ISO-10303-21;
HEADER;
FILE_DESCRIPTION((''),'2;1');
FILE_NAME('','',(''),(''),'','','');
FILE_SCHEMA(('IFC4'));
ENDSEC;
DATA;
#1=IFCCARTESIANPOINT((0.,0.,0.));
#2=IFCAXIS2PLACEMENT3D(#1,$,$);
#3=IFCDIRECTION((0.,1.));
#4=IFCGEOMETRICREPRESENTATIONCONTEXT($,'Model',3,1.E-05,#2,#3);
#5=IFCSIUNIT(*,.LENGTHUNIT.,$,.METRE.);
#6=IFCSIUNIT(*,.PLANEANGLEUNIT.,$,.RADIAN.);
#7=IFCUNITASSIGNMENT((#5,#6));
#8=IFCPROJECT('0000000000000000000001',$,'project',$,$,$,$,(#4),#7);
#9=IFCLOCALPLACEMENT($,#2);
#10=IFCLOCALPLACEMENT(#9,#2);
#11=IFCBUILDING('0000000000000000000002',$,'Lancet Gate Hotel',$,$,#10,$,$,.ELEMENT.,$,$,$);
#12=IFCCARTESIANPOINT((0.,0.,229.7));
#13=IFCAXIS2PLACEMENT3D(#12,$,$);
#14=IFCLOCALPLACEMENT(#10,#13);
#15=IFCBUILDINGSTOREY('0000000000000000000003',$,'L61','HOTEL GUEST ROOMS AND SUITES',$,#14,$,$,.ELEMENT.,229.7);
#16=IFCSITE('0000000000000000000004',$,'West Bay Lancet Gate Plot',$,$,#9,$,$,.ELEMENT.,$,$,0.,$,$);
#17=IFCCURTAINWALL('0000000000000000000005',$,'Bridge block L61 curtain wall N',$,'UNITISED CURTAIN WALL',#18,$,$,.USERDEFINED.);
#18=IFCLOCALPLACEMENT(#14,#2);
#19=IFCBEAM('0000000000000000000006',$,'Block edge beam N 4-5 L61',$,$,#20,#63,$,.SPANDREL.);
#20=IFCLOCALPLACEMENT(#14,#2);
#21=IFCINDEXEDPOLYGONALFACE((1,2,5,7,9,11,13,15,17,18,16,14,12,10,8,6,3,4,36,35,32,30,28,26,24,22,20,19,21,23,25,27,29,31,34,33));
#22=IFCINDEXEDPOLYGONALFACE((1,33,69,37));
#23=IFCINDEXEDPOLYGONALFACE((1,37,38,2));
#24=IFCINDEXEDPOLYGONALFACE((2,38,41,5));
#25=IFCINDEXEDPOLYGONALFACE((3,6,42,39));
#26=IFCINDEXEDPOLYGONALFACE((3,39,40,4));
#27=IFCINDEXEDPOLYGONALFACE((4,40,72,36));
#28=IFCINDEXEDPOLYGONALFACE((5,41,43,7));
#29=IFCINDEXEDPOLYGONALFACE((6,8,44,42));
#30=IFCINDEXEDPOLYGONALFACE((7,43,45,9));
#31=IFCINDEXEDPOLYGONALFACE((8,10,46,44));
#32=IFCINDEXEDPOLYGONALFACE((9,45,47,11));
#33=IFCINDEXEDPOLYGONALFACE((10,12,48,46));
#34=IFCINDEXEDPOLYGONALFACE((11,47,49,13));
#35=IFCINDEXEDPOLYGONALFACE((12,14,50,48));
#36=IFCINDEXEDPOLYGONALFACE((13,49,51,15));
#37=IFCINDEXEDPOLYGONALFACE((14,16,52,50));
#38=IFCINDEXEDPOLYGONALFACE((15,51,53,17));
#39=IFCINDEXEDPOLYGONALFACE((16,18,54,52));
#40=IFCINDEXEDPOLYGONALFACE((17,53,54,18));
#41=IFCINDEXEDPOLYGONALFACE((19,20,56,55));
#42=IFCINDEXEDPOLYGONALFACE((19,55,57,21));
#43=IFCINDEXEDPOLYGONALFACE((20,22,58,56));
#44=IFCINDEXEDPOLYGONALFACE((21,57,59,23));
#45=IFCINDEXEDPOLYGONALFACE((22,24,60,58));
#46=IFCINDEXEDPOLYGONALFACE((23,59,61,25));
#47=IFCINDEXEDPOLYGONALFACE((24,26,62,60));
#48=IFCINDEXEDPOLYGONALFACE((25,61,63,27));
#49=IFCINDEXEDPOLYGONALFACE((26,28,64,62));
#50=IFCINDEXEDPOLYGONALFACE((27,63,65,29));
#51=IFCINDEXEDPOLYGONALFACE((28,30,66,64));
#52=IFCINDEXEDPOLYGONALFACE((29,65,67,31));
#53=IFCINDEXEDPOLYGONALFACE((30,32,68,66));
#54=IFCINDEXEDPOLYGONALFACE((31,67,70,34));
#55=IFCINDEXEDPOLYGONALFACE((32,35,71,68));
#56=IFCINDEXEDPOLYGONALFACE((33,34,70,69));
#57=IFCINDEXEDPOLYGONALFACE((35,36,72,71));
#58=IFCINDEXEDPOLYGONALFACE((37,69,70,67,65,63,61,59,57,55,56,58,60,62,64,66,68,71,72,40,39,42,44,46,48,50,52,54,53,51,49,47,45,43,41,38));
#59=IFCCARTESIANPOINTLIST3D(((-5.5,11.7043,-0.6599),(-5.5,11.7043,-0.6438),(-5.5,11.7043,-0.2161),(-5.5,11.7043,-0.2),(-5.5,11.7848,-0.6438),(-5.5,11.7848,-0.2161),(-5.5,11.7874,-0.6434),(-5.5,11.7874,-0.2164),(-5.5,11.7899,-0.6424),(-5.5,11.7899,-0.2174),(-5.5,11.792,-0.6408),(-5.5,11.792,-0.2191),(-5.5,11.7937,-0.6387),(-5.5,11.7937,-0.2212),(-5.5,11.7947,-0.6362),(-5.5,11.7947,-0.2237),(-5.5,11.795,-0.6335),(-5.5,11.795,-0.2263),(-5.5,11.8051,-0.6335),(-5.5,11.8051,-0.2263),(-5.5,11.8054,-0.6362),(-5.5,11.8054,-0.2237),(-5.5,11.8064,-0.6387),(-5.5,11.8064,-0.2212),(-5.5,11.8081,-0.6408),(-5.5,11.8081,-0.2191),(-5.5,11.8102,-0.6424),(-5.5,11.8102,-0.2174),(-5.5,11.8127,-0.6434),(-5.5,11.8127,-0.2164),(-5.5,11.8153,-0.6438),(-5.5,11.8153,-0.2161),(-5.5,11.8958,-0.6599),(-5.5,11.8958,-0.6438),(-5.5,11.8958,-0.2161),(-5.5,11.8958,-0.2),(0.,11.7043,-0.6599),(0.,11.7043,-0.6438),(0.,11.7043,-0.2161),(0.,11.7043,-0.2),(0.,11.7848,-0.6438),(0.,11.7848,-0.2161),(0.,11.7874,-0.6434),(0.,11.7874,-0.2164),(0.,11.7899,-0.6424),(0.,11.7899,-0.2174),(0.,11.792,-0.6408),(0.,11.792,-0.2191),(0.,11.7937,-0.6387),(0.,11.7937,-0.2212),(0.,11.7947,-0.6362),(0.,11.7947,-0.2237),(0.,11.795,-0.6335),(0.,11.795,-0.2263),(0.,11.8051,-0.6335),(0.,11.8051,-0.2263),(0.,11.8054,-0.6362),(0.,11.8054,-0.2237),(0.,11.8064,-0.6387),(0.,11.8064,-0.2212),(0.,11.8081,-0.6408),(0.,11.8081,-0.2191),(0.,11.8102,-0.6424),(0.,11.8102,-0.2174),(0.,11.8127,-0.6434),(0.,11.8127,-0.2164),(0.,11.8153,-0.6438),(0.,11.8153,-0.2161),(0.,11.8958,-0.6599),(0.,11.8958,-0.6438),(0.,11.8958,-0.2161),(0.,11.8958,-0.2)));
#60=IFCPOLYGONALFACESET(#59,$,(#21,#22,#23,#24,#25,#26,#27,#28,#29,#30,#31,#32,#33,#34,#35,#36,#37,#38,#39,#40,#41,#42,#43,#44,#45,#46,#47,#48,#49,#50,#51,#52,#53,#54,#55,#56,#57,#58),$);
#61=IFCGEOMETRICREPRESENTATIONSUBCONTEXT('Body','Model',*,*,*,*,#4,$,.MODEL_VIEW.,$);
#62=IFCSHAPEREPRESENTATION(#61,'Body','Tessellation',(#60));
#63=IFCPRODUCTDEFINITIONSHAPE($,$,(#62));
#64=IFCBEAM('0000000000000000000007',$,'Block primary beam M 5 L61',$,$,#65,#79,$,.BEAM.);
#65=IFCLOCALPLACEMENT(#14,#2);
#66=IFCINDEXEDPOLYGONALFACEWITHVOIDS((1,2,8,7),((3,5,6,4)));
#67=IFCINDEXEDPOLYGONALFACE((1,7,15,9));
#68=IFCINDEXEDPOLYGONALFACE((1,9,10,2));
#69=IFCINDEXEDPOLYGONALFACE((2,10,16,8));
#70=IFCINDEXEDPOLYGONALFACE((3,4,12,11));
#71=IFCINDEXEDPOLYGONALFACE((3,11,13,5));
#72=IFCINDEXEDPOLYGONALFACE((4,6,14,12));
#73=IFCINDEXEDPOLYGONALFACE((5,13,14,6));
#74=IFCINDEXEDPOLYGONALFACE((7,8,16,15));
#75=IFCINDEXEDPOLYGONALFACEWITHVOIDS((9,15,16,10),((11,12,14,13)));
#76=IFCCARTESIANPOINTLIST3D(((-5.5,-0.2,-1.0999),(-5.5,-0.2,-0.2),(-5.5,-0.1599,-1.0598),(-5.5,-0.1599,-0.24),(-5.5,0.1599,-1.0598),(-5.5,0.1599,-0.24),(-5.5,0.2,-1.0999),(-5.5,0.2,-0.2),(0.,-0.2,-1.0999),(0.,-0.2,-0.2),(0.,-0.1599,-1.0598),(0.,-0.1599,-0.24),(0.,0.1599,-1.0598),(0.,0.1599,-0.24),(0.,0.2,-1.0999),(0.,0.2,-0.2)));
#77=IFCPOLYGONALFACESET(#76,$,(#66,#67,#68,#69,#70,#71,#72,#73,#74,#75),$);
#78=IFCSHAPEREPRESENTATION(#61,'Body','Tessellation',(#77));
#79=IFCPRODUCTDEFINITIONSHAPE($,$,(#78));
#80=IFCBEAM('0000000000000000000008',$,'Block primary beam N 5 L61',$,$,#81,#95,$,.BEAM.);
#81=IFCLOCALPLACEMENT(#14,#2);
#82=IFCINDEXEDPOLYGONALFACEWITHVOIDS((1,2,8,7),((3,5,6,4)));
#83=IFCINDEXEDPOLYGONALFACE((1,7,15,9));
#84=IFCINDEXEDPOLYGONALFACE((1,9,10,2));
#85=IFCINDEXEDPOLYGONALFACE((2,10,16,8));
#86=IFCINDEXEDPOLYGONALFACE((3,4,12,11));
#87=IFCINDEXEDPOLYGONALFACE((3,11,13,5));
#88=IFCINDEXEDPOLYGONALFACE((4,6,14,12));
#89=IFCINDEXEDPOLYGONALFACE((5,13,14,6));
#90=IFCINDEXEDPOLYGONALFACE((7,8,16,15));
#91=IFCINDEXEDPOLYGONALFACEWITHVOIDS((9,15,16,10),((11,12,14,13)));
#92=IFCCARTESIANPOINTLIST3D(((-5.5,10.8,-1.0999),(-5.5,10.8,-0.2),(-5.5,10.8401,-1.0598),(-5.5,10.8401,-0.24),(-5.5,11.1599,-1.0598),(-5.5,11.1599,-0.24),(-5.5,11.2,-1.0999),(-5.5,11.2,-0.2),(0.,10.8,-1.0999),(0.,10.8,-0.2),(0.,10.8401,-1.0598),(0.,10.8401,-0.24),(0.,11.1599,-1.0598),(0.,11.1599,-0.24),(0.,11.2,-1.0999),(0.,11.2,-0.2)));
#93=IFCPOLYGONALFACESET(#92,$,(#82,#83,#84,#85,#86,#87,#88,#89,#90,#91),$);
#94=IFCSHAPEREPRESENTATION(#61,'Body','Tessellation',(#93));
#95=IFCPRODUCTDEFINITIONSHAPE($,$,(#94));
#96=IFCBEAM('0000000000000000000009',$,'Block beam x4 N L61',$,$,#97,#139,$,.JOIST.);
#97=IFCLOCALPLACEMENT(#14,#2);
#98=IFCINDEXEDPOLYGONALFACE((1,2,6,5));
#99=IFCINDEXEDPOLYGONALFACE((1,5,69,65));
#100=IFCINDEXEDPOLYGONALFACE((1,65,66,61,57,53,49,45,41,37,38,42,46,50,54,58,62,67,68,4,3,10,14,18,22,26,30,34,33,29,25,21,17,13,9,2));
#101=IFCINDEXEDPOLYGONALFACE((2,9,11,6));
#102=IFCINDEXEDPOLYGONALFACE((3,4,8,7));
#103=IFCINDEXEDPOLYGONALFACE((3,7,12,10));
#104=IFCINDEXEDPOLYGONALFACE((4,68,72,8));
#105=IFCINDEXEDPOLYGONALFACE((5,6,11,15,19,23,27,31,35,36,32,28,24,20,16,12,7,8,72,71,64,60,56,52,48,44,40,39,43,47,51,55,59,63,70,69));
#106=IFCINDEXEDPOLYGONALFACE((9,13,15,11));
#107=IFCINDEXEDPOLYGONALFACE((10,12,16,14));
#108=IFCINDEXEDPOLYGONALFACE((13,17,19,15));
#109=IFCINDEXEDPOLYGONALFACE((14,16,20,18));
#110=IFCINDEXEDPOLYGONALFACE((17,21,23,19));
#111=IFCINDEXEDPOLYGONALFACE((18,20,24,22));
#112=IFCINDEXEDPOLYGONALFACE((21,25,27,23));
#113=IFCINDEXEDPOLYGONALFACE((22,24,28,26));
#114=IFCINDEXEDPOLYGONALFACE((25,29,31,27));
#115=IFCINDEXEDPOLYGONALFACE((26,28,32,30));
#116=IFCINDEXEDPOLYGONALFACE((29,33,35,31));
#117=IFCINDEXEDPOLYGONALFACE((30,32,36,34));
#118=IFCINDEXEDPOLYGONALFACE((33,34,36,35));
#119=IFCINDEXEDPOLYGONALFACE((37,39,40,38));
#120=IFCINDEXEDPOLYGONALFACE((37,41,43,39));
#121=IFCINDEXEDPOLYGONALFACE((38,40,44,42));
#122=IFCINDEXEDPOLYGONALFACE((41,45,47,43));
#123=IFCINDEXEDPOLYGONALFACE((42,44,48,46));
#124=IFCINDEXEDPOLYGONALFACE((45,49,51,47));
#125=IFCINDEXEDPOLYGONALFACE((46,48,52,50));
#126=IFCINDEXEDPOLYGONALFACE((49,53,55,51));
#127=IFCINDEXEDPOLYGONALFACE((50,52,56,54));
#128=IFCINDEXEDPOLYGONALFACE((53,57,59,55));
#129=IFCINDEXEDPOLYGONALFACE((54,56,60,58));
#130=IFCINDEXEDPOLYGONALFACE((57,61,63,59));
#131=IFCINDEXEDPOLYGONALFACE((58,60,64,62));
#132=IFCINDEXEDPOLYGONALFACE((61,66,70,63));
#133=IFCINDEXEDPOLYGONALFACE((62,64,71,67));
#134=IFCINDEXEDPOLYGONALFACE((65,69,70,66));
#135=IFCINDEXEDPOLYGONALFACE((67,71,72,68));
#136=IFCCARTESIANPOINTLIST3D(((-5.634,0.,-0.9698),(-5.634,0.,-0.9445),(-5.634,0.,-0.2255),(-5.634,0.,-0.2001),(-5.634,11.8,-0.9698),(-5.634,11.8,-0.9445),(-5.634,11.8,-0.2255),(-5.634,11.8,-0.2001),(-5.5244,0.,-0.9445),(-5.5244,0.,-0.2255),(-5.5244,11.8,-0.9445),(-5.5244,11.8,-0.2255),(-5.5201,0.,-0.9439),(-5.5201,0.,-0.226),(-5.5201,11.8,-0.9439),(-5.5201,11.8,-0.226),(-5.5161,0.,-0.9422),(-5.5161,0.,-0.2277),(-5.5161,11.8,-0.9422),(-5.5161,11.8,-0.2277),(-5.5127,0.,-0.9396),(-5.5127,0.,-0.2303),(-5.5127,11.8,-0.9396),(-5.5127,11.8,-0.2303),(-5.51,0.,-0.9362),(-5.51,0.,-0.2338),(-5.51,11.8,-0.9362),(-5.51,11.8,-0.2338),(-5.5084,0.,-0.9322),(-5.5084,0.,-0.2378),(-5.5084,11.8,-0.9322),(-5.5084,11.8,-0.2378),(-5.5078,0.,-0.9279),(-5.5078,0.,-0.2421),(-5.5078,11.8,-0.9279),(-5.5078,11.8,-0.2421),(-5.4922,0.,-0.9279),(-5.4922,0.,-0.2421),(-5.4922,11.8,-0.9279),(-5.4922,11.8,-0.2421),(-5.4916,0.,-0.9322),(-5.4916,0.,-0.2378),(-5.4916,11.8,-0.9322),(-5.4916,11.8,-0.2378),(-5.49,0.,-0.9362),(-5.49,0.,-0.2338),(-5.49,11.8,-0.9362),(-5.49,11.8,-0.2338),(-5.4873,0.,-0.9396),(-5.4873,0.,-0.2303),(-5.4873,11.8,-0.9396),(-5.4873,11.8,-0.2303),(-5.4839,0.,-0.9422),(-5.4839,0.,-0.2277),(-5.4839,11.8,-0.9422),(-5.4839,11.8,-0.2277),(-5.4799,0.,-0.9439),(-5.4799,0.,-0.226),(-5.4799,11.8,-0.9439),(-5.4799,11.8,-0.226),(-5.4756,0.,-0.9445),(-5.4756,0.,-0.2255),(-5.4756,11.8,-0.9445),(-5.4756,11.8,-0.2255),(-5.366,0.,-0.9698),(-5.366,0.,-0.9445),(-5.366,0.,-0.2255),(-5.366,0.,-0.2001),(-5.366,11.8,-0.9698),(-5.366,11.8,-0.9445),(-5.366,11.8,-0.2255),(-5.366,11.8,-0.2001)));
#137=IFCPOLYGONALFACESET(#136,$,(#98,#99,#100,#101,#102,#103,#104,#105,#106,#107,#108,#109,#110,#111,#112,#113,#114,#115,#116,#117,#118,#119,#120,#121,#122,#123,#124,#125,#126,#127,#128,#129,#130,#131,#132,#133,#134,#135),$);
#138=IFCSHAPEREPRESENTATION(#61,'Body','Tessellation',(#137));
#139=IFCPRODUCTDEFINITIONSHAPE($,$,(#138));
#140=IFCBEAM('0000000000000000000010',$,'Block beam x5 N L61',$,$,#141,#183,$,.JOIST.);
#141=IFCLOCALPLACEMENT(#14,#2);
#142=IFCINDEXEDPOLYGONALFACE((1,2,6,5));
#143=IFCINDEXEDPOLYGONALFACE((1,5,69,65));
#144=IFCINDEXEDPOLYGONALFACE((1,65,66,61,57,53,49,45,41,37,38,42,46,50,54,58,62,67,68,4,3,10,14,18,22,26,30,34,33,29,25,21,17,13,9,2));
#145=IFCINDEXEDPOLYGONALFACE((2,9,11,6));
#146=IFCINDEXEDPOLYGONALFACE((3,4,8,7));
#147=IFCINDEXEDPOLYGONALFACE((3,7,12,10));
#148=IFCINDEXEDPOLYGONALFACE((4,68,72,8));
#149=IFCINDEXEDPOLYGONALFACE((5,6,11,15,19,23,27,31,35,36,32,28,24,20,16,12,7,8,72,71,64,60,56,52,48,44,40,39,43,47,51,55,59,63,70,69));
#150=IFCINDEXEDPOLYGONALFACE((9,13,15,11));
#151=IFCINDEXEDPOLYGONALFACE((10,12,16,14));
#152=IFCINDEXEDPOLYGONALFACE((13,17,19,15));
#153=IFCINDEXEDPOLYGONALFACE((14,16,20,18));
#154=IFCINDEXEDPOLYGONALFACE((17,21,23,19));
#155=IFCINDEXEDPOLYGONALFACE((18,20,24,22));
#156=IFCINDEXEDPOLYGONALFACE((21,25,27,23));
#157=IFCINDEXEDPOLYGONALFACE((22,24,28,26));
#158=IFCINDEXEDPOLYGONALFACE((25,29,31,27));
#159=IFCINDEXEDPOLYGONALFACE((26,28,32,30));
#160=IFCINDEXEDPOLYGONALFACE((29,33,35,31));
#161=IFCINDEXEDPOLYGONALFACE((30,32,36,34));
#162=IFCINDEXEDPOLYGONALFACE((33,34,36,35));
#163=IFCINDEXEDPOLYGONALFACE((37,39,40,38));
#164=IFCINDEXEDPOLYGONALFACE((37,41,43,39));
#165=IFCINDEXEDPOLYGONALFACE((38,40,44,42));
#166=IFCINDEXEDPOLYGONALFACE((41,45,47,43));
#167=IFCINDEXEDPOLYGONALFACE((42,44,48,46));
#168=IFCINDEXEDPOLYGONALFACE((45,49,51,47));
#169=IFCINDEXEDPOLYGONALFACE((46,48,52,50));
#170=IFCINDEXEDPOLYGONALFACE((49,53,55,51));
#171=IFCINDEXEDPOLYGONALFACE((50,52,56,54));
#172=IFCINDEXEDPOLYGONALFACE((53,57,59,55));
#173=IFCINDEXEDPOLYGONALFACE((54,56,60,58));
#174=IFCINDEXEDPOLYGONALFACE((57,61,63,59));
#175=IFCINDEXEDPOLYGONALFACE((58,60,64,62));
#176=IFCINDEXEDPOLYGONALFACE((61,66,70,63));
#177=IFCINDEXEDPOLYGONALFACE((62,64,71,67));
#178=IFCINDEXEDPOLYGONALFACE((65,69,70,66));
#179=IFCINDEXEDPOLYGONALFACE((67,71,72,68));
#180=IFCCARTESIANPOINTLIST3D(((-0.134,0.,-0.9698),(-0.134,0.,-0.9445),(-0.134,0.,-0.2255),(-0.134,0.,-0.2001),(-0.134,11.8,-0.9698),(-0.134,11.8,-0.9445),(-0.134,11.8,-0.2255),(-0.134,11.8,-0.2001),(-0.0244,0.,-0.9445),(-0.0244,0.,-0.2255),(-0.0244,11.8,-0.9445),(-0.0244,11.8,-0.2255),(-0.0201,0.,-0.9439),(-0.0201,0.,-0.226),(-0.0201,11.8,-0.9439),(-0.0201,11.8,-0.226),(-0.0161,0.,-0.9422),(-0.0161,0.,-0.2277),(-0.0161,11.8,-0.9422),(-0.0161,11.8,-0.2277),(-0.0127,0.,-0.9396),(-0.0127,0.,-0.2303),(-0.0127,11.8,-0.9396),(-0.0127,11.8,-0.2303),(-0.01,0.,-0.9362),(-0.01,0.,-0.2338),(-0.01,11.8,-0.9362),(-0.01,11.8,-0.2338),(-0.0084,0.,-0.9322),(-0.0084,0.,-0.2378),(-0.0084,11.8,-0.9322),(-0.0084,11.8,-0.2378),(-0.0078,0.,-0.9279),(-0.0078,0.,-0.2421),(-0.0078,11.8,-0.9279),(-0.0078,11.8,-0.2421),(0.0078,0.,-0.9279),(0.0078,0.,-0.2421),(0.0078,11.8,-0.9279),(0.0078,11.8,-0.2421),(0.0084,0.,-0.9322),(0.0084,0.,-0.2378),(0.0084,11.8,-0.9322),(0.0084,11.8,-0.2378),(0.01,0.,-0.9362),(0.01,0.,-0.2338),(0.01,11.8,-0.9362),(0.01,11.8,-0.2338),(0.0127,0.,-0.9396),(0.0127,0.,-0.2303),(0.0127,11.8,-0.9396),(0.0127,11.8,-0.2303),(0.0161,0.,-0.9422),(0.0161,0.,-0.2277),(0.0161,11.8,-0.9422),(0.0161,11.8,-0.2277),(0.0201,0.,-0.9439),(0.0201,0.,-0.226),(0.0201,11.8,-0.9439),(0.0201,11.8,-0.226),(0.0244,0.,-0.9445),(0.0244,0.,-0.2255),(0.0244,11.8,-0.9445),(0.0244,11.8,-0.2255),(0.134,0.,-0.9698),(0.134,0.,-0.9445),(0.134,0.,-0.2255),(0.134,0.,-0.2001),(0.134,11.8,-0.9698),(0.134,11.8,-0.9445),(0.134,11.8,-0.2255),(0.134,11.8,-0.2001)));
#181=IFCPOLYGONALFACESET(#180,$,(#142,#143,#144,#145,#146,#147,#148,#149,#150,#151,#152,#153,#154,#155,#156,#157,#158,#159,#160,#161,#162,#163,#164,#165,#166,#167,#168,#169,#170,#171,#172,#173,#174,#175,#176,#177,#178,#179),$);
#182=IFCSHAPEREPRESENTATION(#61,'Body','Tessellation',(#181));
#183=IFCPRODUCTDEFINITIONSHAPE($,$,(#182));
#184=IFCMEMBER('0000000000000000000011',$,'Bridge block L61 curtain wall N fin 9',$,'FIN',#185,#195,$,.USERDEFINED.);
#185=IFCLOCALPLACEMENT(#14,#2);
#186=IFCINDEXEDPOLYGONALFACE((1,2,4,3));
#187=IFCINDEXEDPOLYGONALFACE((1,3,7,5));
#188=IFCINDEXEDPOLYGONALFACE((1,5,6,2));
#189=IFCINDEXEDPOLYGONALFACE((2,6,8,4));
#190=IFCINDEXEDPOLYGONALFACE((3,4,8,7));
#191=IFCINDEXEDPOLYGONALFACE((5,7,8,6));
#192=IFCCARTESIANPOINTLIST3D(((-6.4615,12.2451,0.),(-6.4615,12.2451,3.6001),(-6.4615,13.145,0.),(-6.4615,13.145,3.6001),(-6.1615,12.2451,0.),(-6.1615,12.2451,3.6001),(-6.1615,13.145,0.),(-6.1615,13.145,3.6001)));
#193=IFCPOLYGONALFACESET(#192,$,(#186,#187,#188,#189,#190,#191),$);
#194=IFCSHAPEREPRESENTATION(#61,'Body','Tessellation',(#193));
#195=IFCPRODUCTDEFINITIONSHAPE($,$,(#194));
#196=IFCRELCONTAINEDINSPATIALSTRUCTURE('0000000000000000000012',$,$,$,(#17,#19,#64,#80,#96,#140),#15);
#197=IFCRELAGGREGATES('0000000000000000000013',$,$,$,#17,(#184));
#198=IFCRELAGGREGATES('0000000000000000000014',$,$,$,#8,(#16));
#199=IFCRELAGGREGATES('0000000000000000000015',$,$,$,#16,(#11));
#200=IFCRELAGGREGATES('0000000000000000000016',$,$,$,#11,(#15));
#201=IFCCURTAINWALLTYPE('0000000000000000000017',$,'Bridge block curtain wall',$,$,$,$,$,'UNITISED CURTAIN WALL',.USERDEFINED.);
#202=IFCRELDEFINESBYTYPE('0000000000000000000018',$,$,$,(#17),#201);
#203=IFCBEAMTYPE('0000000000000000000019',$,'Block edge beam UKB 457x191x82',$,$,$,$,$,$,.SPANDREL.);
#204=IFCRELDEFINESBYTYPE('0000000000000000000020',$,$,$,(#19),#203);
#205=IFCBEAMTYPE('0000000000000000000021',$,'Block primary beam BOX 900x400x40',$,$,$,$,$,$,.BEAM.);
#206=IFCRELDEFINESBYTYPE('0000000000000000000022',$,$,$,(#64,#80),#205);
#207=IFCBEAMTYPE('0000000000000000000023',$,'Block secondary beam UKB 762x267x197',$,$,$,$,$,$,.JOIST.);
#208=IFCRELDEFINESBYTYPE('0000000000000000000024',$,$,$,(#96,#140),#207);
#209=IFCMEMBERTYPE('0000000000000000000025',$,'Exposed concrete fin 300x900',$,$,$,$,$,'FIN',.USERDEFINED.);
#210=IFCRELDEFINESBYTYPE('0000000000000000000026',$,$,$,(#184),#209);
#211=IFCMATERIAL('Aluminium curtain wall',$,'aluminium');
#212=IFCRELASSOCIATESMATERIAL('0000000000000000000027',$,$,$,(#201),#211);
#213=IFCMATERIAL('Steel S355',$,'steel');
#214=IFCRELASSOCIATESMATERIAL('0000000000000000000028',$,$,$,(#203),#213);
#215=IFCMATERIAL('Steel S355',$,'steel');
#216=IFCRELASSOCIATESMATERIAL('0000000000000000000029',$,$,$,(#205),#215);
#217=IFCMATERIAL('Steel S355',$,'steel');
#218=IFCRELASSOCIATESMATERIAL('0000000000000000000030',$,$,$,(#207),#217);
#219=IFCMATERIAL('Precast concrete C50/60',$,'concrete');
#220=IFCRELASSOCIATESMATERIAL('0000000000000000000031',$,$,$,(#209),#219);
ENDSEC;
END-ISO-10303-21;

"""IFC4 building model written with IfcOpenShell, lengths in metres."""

from ifc_helpers import new_model, si_unit, direction, frame, origin, origin_2d, place, context, subcontext, project, spatial, rectangle, hollow_rectangle, i_section, extrude, material, material_profile, profile_set, type_object, element, aggregate, save


model = new_model("IFC4")

# Units and contexts
model_context = context("Model", 3, precision=1e-05, world=origin(), true_north=direction((0.0, 1.0)))
body_context = subcontext(model_context, "Body", "Model", "MODEL_VIEW")
ifc_project = project(units=[si_unit("LENGTHUNIT", "METRE"), si_unit("PLANEANGLEUNIT", "RADIAN")], contexts=[model_context])

# Site, building, storey
site_placement = place(None, origin())
site = spatial("IfcSite", under=ifc_project, at=site_placement, Name="West Bay Lancet Gate Plot", CompositionType="ELEMENT", RefElevation=0.0)
building_placement = place(site_placement, origin())
building = spatial("IfcBuilding", under=site, at=building_placement, Name="Lancet Gate Hotel", CompositionType="ELEMENT")
storey_placement = place(building_placement, frame((0.0, 0.0, 229.7)))
storey = spatial("IfcBuildingStorey", under=building, at=storey_placement, Name="L61", Description="HOTEL GUEST ROOMS AND SUITES", CompositionType="ELEMENT", Elevation=229.7)

# Curtain wall
ifc_material_1 = material(Name="Aluminium curtain wall", Category="aluminium")
curtain_wall_type = type_object("IfcCurtainWallType", Name="Bridge block curtain wall", ElementType="UNITISED CURTAIN WALL", PredefinedType="USERDEFINED", material=ifc_material_1)
curtain_wall_placement = place(storey_placement, origin())
curtain_wall = element("IfcCurtainWall", 1, at=curtain_wall_placement, inside=storey, type_object=curtain_wall_type, Name="Bridge block L61 curtain wall N", ObjectType="UNITISED CURTAIN WALL", PredefinedType="USERDEFINED")

# Beams
ifc_material_2 = material(Name="Steel S355", Category="steel")
ifc_material_profile_1 = material_profile(ifc_material_2, i_section(OverallWidth=0.1914, OverallDepth=0.46, WebThickness=0.01, FlangeThickness=0.0161, FilletRadius=0.0103, at=origin_2d()), Name="UKB 457x191x82")
ifc_profile_set_1 = profile_set([ifc_material_profile_1], Name="Steel S355")
beam_type_1 = type_object("IfcBeamType", Name="Block edge beam UKB 457x191x82", PredefinedType="SPANDREL", material=ifc_profile_set_1)
beam_placement = place(storey_placement, frame((-5.5, 11.8, -0.4299), z_axis=(1.0, 0.0, 0.0), x_axis=(0.0, 1.0, 0.0)))
element("IfcBeam", 2, at=beam_placement, inside=storey, type_object=beam_type_1, Name="Block edge beam N 4-5 L61", PredefinedType="SPANDREL", context=body_context, shape_type="SweptSolid", body=[
    extrude(i_section(OverallWidth=0.1914, OverallDepth=0.46, WebThickness=0.01, FlangeThickness=0.0161, FilletRadius=0.0103, at=origin_2d()), origin(), (0.0, 0.0, 1.0), 5.5),
])
ifc_material_3 = material(Name="Steel S355", Category="steel")
ifc_material_profile_2 = material_profile(ifc_material_3, hollow_rectangle(XDim=0.3999, YDim=0.8999, WallThickness=0.04, at=origin_2d()), Name="BOX 900x400x40")
ifc_profile_set_2 = profile_set([ifc_material_profile_2], Name="Steel S355")
beam_type_2 = type_object("IfcBeamType", Name="Block primary beam BOX 900x400x40", PredefinedType="BEAM", material=ifc_profile_set_2)
for number, where, z_axis, x_axis, name in (
    (3, (-5.5, 0.0, -0.6499), (1.0, 0.0, 0.0), (0.0, 1.0, 0.0), "Block primary beam M 5 L61"),
    (4, (-5.5, 11.0, -0.6499), (1.0, 0.0, 0.0), (0.0, 1.0, 0.0), "Block primary beam N 5 L61"),
):
    element("IfcBeam", number, at=place(storey_placement, frame(where, z_axis=z_axis, x_axis=x_axis)), inside=storey, type_object=beam_type_2, Name=name, PredefinedType="BEAM", context=body_context, shape_type="SweptSolid", body=[
        extrude(hollow_rectangle(XDim=0.3999, YDim=0.8999, WallThickness=0.04, at=origin_2d()), origin(), (0.0, 0.0, 1.0), 5.5),
    ])
ifc_material_4 = material(Name="Steel S355", Category="steel")
ifc_material_profile_3 = material_profile(ifc_material_4, i_section(OverallWidth=0.2681, OverallDepth=0.7698, WebThickness=0.0156, FlangeThickness=0.0254, FilletRadius=0.0166, at=origin_2d()), Name="UKB 762x267x197")
ifc_profile_set_3 = profile_set([ifc_material_profile_3], Name="Steel S355")
beam_type_3 = type_object("IfcBeamType", Name="Block secondary beam UKB 762x267x197", PredefinedType="JOIST", material=ifc_profile_set_3)
for number, where, z_axis, x_axis, name in (
    (5, (-5.5, 0.0, -0.585), (0.0, 1.0, 0.0), (-1.0, 0.0, 0.0), "Block beam x4 N L61"),
    (6, (0.0, 0.0, -0.585), (0.0, 1.0, 0.0), (-1.0, 0.0, 0.0), "Block beam x5 N L61"),
):
    element("IfcBeam", number, at=place(storey_placement, frame(where, z_axis=z_axis, x_axis=x_axis)), inside=storey, type_object=beam_type_3, Name=name, PredefinedType="JOIST", context=body_context, shape_type="SweptSolid", body=[
        extrude(i_section(OverallWidth=0.2681, OverallDepth=0.7698, WebThickness=0.0156, FlangeThickness=0.0254, FilletRadius=0.0166, at=origin_2d()), origin(), (0.0, 0.0, 1.0), 11.8),
    ])

# Member
ifc_material_5 = material(Name="Precast concrete C50/60", Category="concrete")
ifc_material_profile_4 = material_profile(ifc_material_5, rectangle(XDim=0.3, YDim=0.8999, at=origin_2d()), Name="FIN 300x900")
ifc_profile_set_4 = profile_set([ifc_material_profile_4], Name="Precast concrete C50/60")
member_type_1 = type_object("IfcMemberType", Name="Exposed concrete fin 300x900", ElementType="FIN", PredefinedType="USERDEFINED", material=ifc_profile_set_4)
member_1_placement = place(storey_placement, frame((-6.3115, 12.6951, 0.0), z_axis=(0.0, 0.0, 1.0), x_axis=(-1.0, 0.0, 0.0)))
member_1 = element("IfcMember", 7, at=member_1_placement, type_object=member_type_1, Name="Bridge block L61 curtain wall N fin 9", ObjectType="FIN", PredefinedType="USERDEFINED", context=body_context, shape_type="SweptSolid", body=[
    extrude(rectangle(XDim=0.3, YDim=0.8999, at=origin_2d()), origin(), (0.0, 0.0, 1.0), 3.6001),
])

aggregate(curtain_wall, [member_1])

save(model, "model.ifc")
